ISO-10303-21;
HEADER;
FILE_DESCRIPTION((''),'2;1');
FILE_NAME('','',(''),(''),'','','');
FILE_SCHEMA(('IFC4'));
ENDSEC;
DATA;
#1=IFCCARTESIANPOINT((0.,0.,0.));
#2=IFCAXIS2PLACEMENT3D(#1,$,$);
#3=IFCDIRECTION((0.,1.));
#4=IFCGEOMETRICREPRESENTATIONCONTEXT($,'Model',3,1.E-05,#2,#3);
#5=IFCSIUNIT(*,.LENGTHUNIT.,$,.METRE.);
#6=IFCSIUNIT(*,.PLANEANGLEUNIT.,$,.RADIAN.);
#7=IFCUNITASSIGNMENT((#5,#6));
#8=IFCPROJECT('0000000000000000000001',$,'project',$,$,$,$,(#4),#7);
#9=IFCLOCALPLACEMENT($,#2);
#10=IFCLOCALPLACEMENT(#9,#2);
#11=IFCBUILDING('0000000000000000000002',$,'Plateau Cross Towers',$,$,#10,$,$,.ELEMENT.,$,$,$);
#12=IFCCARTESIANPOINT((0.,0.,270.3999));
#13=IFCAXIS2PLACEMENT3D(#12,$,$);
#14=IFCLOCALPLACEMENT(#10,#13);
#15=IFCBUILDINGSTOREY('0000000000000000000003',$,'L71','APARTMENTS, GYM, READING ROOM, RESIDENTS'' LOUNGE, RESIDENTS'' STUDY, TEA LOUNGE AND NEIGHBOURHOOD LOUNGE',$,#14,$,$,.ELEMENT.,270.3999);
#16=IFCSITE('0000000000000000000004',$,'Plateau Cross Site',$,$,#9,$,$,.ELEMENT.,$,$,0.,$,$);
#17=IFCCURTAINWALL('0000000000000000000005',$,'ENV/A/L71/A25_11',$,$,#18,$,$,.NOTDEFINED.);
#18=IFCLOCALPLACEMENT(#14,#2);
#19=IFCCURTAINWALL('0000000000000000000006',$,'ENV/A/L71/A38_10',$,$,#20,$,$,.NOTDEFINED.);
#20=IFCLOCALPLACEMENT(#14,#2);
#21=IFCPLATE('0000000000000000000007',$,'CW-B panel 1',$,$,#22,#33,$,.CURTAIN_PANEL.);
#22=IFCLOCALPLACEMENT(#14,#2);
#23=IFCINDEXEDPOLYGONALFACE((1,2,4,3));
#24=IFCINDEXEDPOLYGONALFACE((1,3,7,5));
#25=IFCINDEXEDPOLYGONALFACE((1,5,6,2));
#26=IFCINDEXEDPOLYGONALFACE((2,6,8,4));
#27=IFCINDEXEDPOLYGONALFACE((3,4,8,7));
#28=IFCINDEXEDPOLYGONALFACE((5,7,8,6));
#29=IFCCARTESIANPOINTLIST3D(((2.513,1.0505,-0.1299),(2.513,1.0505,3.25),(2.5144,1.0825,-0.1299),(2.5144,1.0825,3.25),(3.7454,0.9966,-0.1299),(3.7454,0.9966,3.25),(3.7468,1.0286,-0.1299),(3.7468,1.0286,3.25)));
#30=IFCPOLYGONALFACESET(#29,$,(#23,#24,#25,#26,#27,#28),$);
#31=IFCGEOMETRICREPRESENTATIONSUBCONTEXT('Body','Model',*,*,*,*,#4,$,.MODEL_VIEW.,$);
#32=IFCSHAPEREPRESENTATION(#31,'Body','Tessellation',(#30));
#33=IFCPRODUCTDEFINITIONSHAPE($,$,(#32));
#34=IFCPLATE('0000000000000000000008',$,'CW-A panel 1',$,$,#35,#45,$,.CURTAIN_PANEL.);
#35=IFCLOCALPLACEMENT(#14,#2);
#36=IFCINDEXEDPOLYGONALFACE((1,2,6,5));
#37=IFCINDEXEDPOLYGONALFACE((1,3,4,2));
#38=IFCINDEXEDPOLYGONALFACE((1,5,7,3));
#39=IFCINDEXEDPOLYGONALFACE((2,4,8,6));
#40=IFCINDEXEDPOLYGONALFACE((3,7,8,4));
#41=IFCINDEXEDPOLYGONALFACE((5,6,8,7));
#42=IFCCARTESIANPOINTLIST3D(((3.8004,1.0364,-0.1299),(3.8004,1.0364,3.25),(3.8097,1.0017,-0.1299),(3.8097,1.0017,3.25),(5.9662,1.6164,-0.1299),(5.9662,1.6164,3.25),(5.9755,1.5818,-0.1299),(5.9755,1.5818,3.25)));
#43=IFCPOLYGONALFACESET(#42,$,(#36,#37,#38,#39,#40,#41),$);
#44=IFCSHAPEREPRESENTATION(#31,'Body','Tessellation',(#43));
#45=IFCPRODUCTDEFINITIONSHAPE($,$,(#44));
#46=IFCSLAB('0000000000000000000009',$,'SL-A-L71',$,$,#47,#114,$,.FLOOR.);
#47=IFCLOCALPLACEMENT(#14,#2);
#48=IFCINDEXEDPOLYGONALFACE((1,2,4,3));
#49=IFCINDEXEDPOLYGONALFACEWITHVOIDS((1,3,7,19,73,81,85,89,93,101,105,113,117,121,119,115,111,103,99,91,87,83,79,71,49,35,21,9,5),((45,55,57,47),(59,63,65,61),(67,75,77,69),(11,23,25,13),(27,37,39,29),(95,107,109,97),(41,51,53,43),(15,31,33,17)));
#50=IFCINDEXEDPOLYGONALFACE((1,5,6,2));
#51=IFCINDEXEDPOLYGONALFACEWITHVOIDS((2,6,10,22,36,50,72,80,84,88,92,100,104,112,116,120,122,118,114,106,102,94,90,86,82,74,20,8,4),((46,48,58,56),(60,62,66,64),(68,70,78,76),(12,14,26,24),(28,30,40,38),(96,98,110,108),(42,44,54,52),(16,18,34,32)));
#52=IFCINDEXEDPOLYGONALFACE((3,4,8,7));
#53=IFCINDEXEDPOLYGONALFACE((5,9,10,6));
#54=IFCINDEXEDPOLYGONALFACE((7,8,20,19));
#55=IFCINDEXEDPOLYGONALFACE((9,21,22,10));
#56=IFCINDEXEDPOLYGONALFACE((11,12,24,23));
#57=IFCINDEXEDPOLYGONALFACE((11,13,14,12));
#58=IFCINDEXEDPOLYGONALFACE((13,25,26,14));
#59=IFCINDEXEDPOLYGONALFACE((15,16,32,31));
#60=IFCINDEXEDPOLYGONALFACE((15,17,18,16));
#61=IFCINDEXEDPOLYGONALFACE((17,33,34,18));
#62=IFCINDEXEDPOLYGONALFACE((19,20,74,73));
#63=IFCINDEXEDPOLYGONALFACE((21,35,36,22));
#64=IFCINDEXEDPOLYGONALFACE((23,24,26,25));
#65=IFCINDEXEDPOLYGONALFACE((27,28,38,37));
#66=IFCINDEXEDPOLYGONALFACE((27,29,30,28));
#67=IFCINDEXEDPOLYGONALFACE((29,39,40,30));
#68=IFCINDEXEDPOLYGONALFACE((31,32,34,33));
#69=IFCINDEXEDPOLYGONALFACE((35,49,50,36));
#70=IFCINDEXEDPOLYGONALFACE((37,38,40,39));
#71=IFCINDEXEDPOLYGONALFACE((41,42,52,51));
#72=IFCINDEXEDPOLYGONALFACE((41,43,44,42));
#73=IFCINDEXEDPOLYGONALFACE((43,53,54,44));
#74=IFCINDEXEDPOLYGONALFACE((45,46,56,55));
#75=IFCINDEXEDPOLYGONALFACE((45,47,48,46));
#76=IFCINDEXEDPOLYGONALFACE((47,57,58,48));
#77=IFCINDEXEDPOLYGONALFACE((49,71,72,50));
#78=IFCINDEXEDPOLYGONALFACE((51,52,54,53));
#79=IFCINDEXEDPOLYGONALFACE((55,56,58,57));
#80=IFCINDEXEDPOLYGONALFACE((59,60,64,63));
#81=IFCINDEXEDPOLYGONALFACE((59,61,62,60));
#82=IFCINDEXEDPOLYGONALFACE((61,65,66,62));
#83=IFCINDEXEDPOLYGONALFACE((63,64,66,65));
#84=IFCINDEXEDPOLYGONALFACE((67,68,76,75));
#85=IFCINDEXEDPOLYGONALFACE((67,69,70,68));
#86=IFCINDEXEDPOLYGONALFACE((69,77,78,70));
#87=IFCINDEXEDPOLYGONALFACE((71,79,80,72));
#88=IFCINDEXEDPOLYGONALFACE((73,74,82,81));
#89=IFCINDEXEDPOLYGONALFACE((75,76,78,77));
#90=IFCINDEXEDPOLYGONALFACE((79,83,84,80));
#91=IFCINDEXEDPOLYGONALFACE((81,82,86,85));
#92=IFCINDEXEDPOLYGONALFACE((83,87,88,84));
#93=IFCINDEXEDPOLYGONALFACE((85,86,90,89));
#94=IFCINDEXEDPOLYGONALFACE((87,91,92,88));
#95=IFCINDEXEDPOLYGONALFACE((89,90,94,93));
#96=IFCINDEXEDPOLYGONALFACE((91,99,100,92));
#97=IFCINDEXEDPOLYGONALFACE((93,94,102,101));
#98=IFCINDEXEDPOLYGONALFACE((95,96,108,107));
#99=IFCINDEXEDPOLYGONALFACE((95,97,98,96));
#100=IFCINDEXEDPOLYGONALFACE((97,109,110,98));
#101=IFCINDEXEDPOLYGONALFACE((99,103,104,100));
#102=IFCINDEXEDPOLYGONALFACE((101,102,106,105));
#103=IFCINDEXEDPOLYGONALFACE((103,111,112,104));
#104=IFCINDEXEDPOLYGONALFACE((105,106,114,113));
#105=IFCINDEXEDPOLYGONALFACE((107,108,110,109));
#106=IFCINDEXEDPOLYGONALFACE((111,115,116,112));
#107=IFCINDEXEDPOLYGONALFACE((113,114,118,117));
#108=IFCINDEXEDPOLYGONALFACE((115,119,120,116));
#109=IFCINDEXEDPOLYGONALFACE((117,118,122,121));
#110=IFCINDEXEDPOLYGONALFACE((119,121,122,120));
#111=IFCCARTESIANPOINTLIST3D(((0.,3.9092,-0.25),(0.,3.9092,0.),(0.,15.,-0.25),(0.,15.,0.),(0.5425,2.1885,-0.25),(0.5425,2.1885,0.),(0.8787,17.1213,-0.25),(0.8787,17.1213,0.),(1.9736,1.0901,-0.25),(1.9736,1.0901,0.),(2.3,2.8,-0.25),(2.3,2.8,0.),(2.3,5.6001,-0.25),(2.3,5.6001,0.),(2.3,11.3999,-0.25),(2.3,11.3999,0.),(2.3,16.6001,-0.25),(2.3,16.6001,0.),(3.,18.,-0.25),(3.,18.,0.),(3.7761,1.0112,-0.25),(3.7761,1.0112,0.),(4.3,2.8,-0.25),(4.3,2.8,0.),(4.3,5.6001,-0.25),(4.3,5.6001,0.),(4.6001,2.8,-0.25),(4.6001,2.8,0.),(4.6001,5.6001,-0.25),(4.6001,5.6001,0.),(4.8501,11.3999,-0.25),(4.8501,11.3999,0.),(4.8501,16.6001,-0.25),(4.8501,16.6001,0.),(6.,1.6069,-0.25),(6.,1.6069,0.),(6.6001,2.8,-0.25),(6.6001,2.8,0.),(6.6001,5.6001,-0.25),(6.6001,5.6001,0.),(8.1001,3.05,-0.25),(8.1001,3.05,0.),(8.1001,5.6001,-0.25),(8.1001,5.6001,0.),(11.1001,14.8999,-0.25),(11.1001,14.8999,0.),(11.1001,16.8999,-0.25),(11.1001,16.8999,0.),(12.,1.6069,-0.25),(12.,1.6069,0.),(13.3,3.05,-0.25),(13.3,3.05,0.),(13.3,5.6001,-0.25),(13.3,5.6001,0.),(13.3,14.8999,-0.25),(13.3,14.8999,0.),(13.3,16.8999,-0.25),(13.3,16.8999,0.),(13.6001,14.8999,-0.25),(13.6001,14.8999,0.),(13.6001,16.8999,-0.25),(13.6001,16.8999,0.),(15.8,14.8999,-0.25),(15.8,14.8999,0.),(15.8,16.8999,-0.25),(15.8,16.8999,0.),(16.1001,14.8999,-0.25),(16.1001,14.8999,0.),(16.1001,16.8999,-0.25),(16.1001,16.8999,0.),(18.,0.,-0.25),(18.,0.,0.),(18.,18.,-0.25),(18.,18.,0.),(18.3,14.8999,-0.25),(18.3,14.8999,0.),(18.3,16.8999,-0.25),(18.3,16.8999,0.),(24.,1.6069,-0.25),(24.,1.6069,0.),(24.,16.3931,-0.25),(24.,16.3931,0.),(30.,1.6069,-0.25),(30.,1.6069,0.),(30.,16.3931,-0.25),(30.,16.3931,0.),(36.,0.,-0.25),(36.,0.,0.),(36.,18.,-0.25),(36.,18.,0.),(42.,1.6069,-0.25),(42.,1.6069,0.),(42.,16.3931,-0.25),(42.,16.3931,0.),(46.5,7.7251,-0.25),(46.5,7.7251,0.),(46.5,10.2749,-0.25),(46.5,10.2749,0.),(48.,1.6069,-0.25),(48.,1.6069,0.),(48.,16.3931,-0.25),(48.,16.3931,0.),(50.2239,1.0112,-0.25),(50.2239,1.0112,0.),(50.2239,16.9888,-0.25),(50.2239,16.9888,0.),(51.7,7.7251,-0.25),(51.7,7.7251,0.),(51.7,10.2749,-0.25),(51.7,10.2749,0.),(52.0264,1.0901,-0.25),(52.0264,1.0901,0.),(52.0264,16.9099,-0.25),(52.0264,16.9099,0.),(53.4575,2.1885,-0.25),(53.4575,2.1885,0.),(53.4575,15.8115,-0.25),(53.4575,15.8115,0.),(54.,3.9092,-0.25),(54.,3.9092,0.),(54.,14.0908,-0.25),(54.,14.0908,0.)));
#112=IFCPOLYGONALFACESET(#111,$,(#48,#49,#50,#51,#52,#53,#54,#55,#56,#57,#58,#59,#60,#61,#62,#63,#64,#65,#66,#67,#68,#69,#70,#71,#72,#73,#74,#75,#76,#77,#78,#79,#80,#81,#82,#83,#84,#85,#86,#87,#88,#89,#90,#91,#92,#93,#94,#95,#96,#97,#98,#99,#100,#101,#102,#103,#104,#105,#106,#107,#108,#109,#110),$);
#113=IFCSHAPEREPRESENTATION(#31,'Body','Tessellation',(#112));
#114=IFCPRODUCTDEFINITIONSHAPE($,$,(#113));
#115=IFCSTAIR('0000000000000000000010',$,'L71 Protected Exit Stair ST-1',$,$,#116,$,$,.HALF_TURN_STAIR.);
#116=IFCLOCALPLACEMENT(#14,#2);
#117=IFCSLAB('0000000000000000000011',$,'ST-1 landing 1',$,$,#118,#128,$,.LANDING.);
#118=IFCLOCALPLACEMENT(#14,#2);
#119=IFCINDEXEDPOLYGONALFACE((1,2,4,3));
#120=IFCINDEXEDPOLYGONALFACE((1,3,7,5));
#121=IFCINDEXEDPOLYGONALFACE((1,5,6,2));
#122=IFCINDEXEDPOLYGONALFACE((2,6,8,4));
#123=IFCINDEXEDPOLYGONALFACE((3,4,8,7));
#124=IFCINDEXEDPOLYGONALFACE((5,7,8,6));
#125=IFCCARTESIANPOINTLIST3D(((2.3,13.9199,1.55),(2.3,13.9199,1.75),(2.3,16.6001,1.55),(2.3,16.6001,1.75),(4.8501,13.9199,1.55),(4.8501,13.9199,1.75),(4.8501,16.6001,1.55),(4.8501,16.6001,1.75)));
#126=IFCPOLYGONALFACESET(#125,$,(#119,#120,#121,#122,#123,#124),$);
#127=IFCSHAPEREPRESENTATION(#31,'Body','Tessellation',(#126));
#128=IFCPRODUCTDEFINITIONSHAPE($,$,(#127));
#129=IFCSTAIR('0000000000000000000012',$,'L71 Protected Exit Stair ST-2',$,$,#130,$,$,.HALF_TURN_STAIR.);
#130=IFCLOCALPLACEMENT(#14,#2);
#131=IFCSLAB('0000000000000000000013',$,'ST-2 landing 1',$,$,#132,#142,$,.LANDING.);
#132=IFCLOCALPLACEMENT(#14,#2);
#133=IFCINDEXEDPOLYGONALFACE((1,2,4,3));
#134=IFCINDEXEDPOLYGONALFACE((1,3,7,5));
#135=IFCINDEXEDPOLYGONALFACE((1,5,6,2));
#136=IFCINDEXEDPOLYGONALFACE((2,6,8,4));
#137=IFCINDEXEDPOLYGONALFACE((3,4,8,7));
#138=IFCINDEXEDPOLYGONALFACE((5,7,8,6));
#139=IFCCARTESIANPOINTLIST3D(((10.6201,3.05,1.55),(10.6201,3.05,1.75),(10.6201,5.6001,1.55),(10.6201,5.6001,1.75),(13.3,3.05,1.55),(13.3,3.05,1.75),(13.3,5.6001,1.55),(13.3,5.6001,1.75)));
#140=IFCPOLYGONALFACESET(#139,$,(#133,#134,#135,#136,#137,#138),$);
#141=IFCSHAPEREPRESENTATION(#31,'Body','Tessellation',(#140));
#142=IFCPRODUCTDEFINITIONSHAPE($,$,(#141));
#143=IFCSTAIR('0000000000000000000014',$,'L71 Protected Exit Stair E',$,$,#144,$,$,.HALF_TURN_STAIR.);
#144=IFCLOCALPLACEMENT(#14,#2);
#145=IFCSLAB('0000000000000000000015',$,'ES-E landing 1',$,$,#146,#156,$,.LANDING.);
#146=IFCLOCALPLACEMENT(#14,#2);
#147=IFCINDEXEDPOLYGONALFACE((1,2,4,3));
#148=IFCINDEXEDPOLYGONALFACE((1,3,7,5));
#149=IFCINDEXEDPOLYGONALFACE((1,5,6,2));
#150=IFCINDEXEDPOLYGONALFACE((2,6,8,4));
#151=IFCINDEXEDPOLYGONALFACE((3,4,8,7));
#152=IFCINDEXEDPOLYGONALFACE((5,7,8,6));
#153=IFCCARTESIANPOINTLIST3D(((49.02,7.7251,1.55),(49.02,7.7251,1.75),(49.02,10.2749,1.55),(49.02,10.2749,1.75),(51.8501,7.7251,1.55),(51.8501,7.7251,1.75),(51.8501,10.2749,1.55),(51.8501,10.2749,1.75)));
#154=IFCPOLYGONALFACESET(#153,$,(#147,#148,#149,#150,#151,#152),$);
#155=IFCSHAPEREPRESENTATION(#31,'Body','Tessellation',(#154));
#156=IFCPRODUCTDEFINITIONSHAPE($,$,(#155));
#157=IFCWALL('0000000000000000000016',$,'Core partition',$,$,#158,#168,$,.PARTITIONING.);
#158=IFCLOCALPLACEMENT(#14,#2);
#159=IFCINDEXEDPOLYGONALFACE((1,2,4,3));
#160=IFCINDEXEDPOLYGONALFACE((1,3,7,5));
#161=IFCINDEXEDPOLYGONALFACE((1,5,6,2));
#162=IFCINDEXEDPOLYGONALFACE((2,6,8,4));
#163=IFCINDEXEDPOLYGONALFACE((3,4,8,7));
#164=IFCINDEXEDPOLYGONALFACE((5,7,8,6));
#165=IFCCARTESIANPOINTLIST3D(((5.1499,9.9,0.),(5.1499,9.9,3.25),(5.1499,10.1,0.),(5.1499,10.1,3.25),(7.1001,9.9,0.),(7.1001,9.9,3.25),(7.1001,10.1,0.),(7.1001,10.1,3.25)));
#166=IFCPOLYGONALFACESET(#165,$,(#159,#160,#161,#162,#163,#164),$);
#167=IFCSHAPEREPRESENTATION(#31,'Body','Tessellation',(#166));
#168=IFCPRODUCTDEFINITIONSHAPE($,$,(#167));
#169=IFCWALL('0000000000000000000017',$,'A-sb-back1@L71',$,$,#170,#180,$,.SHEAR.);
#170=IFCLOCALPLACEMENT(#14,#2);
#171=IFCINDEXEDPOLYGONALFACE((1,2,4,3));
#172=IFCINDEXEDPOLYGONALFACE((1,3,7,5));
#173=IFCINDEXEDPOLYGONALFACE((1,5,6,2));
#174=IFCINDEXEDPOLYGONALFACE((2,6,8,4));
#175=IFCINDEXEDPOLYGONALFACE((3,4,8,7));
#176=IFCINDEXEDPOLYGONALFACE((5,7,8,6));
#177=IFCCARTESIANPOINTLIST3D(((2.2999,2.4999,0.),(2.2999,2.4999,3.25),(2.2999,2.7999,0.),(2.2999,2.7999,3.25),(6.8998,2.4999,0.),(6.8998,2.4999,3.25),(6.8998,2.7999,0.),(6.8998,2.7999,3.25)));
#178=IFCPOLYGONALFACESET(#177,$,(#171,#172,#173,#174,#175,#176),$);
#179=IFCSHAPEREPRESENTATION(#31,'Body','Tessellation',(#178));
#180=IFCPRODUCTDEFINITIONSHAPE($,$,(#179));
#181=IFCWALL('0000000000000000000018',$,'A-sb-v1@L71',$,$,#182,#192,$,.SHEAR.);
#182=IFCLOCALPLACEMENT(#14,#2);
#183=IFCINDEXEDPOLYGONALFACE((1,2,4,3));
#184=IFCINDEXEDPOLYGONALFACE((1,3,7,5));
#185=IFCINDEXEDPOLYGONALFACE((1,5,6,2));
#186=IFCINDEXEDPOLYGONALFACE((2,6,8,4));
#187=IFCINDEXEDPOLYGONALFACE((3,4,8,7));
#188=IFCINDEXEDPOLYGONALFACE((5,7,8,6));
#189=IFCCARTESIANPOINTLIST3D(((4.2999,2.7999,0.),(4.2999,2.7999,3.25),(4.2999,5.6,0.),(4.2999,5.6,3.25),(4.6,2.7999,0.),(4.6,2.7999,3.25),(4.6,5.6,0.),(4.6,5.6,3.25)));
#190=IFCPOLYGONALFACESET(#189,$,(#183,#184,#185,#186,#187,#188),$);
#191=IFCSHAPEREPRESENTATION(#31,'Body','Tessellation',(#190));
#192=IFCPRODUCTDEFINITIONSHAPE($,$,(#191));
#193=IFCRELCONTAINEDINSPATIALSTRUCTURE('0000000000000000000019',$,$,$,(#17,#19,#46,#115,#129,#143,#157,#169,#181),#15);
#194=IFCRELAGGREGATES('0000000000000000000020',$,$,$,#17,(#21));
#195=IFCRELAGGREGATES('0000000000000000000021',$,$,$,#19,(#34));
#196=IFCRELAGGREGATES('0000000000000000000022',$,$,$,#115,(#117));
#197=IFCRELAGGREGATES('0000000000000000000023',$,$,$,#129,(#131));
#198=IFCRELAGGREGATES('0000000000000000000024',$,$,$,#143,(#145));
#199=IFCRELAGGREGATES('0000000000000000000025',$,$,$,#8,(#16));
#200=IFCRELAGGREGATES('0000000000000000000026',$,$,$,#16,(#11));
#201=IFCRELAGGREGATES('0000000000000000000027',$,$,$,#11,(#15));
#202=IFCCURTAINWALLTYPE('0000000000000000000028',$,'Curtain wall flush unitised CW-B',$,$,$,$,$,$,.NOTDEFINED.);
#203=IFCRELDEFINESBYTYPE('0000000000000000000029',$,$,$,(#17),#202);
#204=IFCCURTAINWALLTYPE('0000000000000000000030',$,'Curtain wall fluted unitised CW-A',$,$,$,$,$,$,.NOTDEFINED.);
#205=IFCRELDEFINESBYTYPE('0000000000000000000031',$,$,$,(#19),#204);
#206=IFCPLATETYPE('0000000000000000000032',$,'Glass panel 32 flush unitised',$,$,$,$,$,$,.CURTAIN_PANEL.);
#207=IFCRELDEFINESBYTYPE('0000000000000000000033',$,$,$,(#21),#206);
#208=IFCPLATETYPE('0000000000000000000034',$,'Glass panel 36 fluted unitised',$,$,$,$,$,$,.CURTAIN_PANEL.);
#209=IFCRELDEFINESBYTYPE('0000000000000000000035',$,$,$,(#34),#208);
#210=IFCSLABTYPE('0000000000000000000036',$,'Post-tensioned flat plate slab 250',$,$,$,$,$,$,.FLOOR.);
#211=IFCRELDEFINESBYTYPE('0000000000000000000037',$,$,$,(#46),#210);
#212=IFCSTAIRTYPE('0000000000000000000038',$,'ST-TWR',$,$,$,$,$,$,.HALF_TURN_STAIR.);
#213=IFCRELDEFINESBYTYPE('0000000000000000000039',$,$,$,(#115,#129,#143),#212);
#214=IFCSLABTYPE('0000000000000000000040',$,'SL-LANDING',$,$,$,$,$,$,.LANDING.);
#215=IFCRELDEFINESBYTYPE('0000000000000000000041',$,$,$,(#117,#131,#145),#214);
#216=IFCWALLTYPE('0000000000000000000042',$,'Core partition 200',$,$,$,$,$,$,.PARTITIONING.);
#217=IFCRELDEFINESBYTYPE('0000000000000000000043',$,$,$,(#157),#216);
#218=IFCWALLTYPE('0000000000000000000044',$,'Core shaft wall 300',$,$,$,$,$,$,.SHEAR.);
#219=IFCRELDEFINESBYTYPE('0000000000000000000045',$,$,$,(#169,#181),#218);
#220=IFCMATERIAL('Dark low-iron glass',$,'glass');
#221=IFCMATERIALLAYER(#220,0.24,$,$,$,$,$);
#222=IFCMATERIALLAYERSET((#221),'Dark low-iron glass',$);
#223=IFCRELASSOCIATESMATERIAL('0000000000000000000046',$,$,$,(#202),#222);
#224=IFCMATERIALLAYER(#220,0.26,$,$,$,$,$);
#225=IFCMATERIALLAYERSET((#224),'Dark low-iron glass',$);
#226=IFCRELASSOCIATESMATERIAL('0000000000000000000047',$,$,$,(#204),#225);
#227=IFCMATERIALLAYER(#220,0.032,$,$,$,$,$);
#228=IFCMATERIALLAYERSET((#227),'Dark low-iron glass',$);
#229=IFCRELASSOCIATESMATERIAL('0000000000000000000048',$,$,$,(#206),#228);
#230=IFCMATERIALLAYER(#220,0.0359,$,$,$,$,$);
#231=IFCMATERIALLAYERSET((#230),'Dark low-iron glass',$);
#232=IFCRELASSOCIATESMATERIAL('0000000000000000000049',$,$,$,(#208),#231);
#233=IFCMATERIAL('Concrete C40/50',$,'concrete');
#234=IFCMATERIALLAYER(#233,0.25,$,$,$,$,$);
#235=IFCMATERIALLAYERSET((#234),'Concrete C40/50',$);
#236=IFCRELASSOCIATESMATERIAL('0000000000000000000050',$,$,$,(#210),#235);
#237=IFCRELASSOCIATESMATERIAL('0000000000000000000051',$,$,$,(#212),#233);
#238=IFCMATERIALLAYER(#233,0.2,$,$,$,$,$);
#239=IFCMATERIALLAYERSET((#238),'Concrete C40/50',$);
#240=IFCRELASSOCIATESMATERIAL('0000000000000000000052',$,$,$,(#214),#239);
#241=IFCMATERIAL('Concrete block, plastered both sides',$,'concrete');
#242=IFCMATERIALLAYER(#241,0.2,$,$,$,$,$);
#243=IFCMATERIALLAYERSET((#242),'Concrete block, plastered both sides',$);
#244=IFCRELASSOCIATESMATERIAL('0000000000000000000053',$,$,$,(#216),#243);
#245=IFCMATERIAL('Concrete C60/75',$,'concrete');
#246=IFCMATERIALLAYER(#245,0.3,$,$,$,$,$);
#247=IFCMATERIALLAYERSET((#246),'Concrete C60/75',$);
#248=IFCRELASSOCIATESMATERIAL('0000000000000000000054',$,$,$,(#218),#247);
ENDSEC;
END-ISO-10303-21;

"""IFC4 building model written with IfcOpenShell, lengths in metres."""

from ifc_helpers import new_model, si_unit, direction, frame, frame_2d, origin, origin_2d, place, context, subcontext, project, spatial, polyline, rectangle, outline, extrude, material, layer, layer_set, type_object, element, aggregate, save


model = new_model("IFC4")

# Units and contexts
model_context = context("Model", 3, precision=1e-05, world=origin(), true_north=direction((0.0, 1.0)))
body_context = subcontext(model_context, "Body", "Model", "MODEL_VIEW")
ifc_project = project(units=[si_unit("LENGTHUNIT", "METRE"), si_unit("PLANEANGLEUNIT", "RADIAN")], contexts=[model_context])

# Site, building, storey
site_placement = place(None, origin())
site = spatial("IfcSite", under=ifc_project, at=site_placement, Name="Plateau Cross Site", CompositionType="ELEMENT", RefElevation=0.0)
building_placement = place(site_placement, origin())
building = spatial("IfcBuilding", under=site, at=building_placement, Name="Plateau Cross Towers", CompositionType="ELEMENT")
storey_placement = place(building_placement, frame((0.0, 0.0, 270.3999)))
storey = spatial("IfcBuildingStorey", under=building, at=storey_placement, Name="L71", Description="APARTMENTS, GYM, READING ROOM, RESIDENTS' LOUNGE, RESIDENTS' STUDY, TEA LOUNGE AND NEIGHBOURHOOD LOUNGE", CompositionType="ELEMENT", Elevation=270.3999)

# Shared definitions
ifc_material_1 = material(Name="Concrete C60/75", Category="concrete")

# Shared definitions
ifc_material_2 = material(Name="Dark low-iron glass", Category="glass")
ifc_layer_1 = layer(ifc_material_2, 0.24)
ifc_layer_set_1 = layer_set([ifc_layer_1], Name="Dark low-iron glass")
curtain_wall_type_1 = type_object("IfcCurtainWallType", Name="Curtain wall flush unitised CW-B", PredefinedType="NOTDEFINED", material=ifc_layer_set_1)

# Curtain walls
curtain_wall_1_placement = place(storey_placement, origin())
curtain_wall_1 = element("IfcCurtainWall", 1, at=curtain_wall_1_placement, inside=storey, type_object=curtain_wall_type_1, Name="ENV/A/L71/A25_11", PredefinedType="NOTDEFINED")
ifc_layer_2 = layer(ifc_material_2, 0.26)
ifc_layer_set_2 = layer_set([ifc_layer_2], Name="Dark low-iron glass")
curtain_wall_type_2 = type_object("IfcCurtainWallType", Name="Curtain wall fluted unitised CW-A", PredefinedType="NOTDEFINED", material=ifc_layer_set_2)
curtain_wall_2_placement = place(storey_placement, origin())
curtain_wall_2 = element("IfcCurtainWall", 2, at=curtain_wall_2_placement, inside=storey, type_object=curtain_wall_type_2, Name="ENV/A/L71/A38_10", PredefinedType="NOTDEFINED")

# Plates
ifc_layer_3 = layer(ifc_material_2, 0.032)
ifc_layer_set_3 = layer_set([ifc_layer_3], Name="Dark low-iron glass")
plate_type_1 = type_object("IfcPlateType", Name="Glass panel 32 flush unitised", PredefinedType="CURTAIN_PANEL", material=ifc_layer_set_3)
plate_1_placement = place(storey_placement, frame((3.1299, 1.0396, -0.1299), z_axis=(0.0, 0.0, 1.0), x_axis=(0.999044, -0.043723, 0.0)))
plate_1 = element("IfcPlate", 3, at=plate_1_placement, type_object=plate_type_1, Name="CW-B panel 1", PredefinedType="CURTAIN_PANEL", context=body_context, shape_type="SweptSolid", body=[
    extrude(rectangle(XDim=1.2336, YDim=0.032, at=origin_2d()), origin(), (0.0, 0.0, 1.0), 3.3799),
])
aggregate(curtain_wall_1, [plate_1])
ifc_layer_4 = layer(ifc_material_2, 0.0359)
ifc_layer_set_4 = layer_set([ifc_layer_4], Name="Dark low-iron glass")
plate_type_2 = type_object("IfcPlateType", Name="Glass panel 36 fluted unitised", PredefinedType="CURTAIN_PANEL", material=ifc_layer_set_4)
plate_2_placement = place(storey_placement, frame((4.8879, 1.3091, -0.1299), z_axis=(0.0, 0.0, 1.0), x_axis=(0.965958, 0.258699, 0.0)))
plate_2 = element("IfcPlate", 4, at=plate_2_placement, type_object=plate_type_2, Name="CW-A panel 1", PredefinedType="CURTAIN_PANEL", context=body_context, shape_type="SweptSolid", body=[
    extrude(rectangle(XDim=2.2422, YDim=0.0359, at=origin_2d()), origin(), (0.0, 0.0, 1.0), 3.3799),
])
aggregate(curtain_wall_2, [plate_2])

# Slab
ifc_material_3 = material(Name="Concrete C40/50", Category="concrete")
ifc_layer_5 = layer(ifc_material_3, 0.25)
ifc_layer_set_5 = layer_set([ifc_layer_5], Name="Concrete C40/50")
slab_type_1 = type_object("IfcSlabType", Name="Post-tensioned flat plate slab 250", PredefinedType="FLOOR", material=ifc_layer_set_5)
slab_1_placement = place(storey_placement, frame((0.0, 0.0, -0.25)))
element("IfcSlab", 5, at=slab_1_placement, inside=storey, type_object=slab_type_1, Name="SL-A-L71", PredefinedType="FLOOR", context=body_context, shape_type="SweptSolid", body=[
    extrude(outline(polyline([(1.9736, 1.0901), (0.5425, 2.1885), (0.0, 3.9092), (0.0, 15.0), (0.8787, 17.1213), (3.0, 18.0), (18.0, 18.0), (24.0, 16.3931), (30.0, 16.3931), (36.0, 18.0), (42.0, 16.3931), (48.0, 16.3931), (50.2239, 16.9888), (52.0264, 16.9099), (53.4575, 15.8115), (54.0, 14.0908), (54.0, 3.9092), (53.4575, 2.1885), (52.0264, 1.0901), (50.2239, 1.0112), (48.0, 1.6069), (42.0, 1.6069), (36.0, 0.0), (30.0, 1.6069), (24.0, 1.6069), (18.0, 0.0), (12.0, 1.6069), (6.0, 1.6069), (3.7761, 1.0112), (1.9736, 1.0901)]), holes=[polyline([(4.3, 5.6001), (2.3, 5.6001), (2.3, 2.8), (4.3, 2.8), (4.3, 5.6001)]), polyline([(6.6001, 5.6001), (4.6001, 5.6001), (4.6001, 2.8), (6.6001, 2.8), (6.6001, 5.6001)]), polyline([(13.3, 5.6001), (8.1001, 5.6001), (8.1001, 3.05), (13.3, 3.05), (13.3, 5.6001)]), polyline([(51.7, 10.2749), (46.5, 10.2749), (46.5, 7.7251), (51.7, 7.7251), (51.7, 10.2749)]), polyline([(2.3, 16.6001), (2.3, 11.3999), (4.8501, 11.3999), (4.8501, 16.6001), (2.3, 16.6001)]), polyline([(13.3, 16.8999), (11.1001, 16.8999), (11.1001, 14.8999), (13.3, 14.8999), (13.3, 16.8999)]), polyline([(15.8, 16.8999), (13.6001, 16.8999), (13.6001, 14.8999), (15.8, 14.8999), (15.8, 16.8999)]), polyline([(18.3, 16.8999), (16.1001, 16.8999), (16.1001, 14.8999), (18.3, 14.8999), (18.3, 16.8999)])]), origin(), (0.0, 0.0, 1.0), 0.25),
])

# Stairs, slabs
stair_type = type_object("IfcStairType", Name="ST-TWR", PredefinedType="HALF_TURN_STAIR", material=ifc_material_3)
stair_1_placement = place(storey_placement, origin())
stair_1 = element("IfcStair", 6, at=stair_1_placement, inside=storey, type_object=stair_type, Name="L71 Protected Exit Stair ST-1", PredefinedType="HALF_TURN_STAIR")
ifc_layer_6 = layer(ifc_material_3, 0.2)
ifc_layer_set_6 = layer_set([ifc_layer_6], Name="Concrete C40/50")
slab_type_2 = type_object("IfcSlabType", Name="SL-LANDING", PredefinedType="LANDING", material=ifc_layer_set_6)
slab_2_placement = place(storey_placement, frame((0.0, 0.0, 1.55)))
slab_2 = element("IfcSlab", 7, at=slab_2_placement, type_object=slab_type_2, Name="ST-1 landing 1", PredefinedType="LANDING", context=body_context, shape_type="SweptSolid", body=[
    extrude(outline(polyline([(4.8501, 13.9199), (4.8501, 16.6001), (2.3, 16.6001), (2.3, 13.9199), (4.8501, 13.9199)])), origin(), (0.0, 0.0, 1.0), 0.2),
])
aggregate(stair_1, [slab_2])
stair_2_placement = place(storey_placement, origin())
stair_2 = element("IfcStair", 8, at=stair_2_placement, inside=storey, type_object=stair_type, Name="L71 Protected Exit Stair ST-2", PredefinedType="HALF_TURN_STAIR")
slab_3_placement = place(storey_placement, frame((0.0, 0.0, 1.55)))
slab_3 = element("IfcSlab", 9, at=slab_3_placement, type_object=slab_type_2, Name="ST-2 landing 1", PredefinedType="LANDING", context=body_context, shape_type="SweptSolid", body=[
    extrude(outline(polyline([(10.6201, 3.05), (13.3, 3.05), (13.3, 5.6001), (10.6201, 5.6001), (10.6201, 3.05)])), origin(), (0.0, 0.0, 1.0), 0.2),
])
aggregate(stair_2, [slab_3])
stair_3_placement = place(storey_placement, origin())
stair_3 = element("IfcStair", 10, at=stair_3_placement, inside=storey, type_object=stair_type, Name="L71 Protected Exit Stair E", PredefinedType="HALF_TURN_STAIR")
slab_4_placement = place(storey_placement, frame((0.0, 0.0, 1.55)))
slab_4 = element("IfcSlab", 11, at=slab_4_placement, type_object=slab_type_2, Name="ES-E landing 1", PredefinedType="LANDING", context=body_context, shape_type="SweptSolid", body=[
    extrude(outline(polyline([(49.02, 7.7251), (51.8501, 7.7251), (51.8501, 10.2749), (49.02, 10.2749), (49.02, 7.7251)])), origin(), (0.0, 0.0, 1.0), 0.2),
])
aggregate(stair_3, [slab_4])

# Walls
ifc_material_4 = material(Name="Concrete block, plastered both sides", Category="concrete")
ifc_layer_7 = layer(ifc_material_4, 0.2)
ifc_layer_set_7 = layer_set([ifc_layer_7], Name="Concrete block, plastered both sides")
wall_type_1 = type_object("IfcWallType", Name="Core partition 200", PredefinedType="PARTITIONING", material=ifc_layer_set_7)
wall_1_placement = place(storey_placement, frame((5.1499, 10.0, 0.0), z_axis=(0.0, 0.0, 1.0), x_axis=(1.0, 0.0, 0.0)))
element("IfcWall", 12, at=wall_1_placement, inside=storey, type_object=wall_type_1, Name="Core partition", PredefinedType="PARTITIONING", context=body_context, shape_type="SweptSolid", body=[
    extrude(rectangle(XDim=1.9502, YDim=0.2, at=frame_2d((0.9751, 0.0))), origin(), (0.0, 0.0, 1.0), 3.25),
])
ifc_layer_8 = layer(ifc_material_1, 0.3)
ifc_layer_set_8 = layer_set([ifc_layer_8], Name="Concrete C60/75")
wall_type_2 = type_object("IfcWallType", Name="Core shaft wall 300", PredefinedType="SHEAR", material=ifc_layer_set_8)
wall_2_placement = place(storey_placement, frame((2.3, 2.6499, 0.0), z_axis=(0.0, 0.0, 1.0), x_axis=(1.0, 0.0, 0.0)))
element("IfcWall", 13, at=wall_2_placement, inside=storey, type_object=wall_type_2, Name="A-sb-back1@L71", PredefinedType="SHEAR", context=body_context, shape_type="SweptSolid", body=[
    extrude(rectangle(XDim=4.5999, YDim=0.3, at=frame_2d((2.2998, 0.0))), origin(), (0.0, 0.0, 1.0), 3.25),
])
wall_3_placement = place(storey_placement, frame((4.45, 2.8, 0.0), z_axis=(0.0, 0.0, 1.0), x_axis=(0.0, 1.0, 0.0)))
element("IfcWall", 14, at=wall_3_placement, inside=storey, type_object=wall_type_2, Name="A-sb-v1@L71", PredefinedType="SHEAR", context=body_context, shape_type="SweptSolid", body=[
    extrude(rectangle(XDim=2.8, YDim=0.3, at=frame_2d((1.3999, 0.0))), origin(), (0.0, 0.0, 1.0), 3.25),
])

save(model, "model.ifc")
